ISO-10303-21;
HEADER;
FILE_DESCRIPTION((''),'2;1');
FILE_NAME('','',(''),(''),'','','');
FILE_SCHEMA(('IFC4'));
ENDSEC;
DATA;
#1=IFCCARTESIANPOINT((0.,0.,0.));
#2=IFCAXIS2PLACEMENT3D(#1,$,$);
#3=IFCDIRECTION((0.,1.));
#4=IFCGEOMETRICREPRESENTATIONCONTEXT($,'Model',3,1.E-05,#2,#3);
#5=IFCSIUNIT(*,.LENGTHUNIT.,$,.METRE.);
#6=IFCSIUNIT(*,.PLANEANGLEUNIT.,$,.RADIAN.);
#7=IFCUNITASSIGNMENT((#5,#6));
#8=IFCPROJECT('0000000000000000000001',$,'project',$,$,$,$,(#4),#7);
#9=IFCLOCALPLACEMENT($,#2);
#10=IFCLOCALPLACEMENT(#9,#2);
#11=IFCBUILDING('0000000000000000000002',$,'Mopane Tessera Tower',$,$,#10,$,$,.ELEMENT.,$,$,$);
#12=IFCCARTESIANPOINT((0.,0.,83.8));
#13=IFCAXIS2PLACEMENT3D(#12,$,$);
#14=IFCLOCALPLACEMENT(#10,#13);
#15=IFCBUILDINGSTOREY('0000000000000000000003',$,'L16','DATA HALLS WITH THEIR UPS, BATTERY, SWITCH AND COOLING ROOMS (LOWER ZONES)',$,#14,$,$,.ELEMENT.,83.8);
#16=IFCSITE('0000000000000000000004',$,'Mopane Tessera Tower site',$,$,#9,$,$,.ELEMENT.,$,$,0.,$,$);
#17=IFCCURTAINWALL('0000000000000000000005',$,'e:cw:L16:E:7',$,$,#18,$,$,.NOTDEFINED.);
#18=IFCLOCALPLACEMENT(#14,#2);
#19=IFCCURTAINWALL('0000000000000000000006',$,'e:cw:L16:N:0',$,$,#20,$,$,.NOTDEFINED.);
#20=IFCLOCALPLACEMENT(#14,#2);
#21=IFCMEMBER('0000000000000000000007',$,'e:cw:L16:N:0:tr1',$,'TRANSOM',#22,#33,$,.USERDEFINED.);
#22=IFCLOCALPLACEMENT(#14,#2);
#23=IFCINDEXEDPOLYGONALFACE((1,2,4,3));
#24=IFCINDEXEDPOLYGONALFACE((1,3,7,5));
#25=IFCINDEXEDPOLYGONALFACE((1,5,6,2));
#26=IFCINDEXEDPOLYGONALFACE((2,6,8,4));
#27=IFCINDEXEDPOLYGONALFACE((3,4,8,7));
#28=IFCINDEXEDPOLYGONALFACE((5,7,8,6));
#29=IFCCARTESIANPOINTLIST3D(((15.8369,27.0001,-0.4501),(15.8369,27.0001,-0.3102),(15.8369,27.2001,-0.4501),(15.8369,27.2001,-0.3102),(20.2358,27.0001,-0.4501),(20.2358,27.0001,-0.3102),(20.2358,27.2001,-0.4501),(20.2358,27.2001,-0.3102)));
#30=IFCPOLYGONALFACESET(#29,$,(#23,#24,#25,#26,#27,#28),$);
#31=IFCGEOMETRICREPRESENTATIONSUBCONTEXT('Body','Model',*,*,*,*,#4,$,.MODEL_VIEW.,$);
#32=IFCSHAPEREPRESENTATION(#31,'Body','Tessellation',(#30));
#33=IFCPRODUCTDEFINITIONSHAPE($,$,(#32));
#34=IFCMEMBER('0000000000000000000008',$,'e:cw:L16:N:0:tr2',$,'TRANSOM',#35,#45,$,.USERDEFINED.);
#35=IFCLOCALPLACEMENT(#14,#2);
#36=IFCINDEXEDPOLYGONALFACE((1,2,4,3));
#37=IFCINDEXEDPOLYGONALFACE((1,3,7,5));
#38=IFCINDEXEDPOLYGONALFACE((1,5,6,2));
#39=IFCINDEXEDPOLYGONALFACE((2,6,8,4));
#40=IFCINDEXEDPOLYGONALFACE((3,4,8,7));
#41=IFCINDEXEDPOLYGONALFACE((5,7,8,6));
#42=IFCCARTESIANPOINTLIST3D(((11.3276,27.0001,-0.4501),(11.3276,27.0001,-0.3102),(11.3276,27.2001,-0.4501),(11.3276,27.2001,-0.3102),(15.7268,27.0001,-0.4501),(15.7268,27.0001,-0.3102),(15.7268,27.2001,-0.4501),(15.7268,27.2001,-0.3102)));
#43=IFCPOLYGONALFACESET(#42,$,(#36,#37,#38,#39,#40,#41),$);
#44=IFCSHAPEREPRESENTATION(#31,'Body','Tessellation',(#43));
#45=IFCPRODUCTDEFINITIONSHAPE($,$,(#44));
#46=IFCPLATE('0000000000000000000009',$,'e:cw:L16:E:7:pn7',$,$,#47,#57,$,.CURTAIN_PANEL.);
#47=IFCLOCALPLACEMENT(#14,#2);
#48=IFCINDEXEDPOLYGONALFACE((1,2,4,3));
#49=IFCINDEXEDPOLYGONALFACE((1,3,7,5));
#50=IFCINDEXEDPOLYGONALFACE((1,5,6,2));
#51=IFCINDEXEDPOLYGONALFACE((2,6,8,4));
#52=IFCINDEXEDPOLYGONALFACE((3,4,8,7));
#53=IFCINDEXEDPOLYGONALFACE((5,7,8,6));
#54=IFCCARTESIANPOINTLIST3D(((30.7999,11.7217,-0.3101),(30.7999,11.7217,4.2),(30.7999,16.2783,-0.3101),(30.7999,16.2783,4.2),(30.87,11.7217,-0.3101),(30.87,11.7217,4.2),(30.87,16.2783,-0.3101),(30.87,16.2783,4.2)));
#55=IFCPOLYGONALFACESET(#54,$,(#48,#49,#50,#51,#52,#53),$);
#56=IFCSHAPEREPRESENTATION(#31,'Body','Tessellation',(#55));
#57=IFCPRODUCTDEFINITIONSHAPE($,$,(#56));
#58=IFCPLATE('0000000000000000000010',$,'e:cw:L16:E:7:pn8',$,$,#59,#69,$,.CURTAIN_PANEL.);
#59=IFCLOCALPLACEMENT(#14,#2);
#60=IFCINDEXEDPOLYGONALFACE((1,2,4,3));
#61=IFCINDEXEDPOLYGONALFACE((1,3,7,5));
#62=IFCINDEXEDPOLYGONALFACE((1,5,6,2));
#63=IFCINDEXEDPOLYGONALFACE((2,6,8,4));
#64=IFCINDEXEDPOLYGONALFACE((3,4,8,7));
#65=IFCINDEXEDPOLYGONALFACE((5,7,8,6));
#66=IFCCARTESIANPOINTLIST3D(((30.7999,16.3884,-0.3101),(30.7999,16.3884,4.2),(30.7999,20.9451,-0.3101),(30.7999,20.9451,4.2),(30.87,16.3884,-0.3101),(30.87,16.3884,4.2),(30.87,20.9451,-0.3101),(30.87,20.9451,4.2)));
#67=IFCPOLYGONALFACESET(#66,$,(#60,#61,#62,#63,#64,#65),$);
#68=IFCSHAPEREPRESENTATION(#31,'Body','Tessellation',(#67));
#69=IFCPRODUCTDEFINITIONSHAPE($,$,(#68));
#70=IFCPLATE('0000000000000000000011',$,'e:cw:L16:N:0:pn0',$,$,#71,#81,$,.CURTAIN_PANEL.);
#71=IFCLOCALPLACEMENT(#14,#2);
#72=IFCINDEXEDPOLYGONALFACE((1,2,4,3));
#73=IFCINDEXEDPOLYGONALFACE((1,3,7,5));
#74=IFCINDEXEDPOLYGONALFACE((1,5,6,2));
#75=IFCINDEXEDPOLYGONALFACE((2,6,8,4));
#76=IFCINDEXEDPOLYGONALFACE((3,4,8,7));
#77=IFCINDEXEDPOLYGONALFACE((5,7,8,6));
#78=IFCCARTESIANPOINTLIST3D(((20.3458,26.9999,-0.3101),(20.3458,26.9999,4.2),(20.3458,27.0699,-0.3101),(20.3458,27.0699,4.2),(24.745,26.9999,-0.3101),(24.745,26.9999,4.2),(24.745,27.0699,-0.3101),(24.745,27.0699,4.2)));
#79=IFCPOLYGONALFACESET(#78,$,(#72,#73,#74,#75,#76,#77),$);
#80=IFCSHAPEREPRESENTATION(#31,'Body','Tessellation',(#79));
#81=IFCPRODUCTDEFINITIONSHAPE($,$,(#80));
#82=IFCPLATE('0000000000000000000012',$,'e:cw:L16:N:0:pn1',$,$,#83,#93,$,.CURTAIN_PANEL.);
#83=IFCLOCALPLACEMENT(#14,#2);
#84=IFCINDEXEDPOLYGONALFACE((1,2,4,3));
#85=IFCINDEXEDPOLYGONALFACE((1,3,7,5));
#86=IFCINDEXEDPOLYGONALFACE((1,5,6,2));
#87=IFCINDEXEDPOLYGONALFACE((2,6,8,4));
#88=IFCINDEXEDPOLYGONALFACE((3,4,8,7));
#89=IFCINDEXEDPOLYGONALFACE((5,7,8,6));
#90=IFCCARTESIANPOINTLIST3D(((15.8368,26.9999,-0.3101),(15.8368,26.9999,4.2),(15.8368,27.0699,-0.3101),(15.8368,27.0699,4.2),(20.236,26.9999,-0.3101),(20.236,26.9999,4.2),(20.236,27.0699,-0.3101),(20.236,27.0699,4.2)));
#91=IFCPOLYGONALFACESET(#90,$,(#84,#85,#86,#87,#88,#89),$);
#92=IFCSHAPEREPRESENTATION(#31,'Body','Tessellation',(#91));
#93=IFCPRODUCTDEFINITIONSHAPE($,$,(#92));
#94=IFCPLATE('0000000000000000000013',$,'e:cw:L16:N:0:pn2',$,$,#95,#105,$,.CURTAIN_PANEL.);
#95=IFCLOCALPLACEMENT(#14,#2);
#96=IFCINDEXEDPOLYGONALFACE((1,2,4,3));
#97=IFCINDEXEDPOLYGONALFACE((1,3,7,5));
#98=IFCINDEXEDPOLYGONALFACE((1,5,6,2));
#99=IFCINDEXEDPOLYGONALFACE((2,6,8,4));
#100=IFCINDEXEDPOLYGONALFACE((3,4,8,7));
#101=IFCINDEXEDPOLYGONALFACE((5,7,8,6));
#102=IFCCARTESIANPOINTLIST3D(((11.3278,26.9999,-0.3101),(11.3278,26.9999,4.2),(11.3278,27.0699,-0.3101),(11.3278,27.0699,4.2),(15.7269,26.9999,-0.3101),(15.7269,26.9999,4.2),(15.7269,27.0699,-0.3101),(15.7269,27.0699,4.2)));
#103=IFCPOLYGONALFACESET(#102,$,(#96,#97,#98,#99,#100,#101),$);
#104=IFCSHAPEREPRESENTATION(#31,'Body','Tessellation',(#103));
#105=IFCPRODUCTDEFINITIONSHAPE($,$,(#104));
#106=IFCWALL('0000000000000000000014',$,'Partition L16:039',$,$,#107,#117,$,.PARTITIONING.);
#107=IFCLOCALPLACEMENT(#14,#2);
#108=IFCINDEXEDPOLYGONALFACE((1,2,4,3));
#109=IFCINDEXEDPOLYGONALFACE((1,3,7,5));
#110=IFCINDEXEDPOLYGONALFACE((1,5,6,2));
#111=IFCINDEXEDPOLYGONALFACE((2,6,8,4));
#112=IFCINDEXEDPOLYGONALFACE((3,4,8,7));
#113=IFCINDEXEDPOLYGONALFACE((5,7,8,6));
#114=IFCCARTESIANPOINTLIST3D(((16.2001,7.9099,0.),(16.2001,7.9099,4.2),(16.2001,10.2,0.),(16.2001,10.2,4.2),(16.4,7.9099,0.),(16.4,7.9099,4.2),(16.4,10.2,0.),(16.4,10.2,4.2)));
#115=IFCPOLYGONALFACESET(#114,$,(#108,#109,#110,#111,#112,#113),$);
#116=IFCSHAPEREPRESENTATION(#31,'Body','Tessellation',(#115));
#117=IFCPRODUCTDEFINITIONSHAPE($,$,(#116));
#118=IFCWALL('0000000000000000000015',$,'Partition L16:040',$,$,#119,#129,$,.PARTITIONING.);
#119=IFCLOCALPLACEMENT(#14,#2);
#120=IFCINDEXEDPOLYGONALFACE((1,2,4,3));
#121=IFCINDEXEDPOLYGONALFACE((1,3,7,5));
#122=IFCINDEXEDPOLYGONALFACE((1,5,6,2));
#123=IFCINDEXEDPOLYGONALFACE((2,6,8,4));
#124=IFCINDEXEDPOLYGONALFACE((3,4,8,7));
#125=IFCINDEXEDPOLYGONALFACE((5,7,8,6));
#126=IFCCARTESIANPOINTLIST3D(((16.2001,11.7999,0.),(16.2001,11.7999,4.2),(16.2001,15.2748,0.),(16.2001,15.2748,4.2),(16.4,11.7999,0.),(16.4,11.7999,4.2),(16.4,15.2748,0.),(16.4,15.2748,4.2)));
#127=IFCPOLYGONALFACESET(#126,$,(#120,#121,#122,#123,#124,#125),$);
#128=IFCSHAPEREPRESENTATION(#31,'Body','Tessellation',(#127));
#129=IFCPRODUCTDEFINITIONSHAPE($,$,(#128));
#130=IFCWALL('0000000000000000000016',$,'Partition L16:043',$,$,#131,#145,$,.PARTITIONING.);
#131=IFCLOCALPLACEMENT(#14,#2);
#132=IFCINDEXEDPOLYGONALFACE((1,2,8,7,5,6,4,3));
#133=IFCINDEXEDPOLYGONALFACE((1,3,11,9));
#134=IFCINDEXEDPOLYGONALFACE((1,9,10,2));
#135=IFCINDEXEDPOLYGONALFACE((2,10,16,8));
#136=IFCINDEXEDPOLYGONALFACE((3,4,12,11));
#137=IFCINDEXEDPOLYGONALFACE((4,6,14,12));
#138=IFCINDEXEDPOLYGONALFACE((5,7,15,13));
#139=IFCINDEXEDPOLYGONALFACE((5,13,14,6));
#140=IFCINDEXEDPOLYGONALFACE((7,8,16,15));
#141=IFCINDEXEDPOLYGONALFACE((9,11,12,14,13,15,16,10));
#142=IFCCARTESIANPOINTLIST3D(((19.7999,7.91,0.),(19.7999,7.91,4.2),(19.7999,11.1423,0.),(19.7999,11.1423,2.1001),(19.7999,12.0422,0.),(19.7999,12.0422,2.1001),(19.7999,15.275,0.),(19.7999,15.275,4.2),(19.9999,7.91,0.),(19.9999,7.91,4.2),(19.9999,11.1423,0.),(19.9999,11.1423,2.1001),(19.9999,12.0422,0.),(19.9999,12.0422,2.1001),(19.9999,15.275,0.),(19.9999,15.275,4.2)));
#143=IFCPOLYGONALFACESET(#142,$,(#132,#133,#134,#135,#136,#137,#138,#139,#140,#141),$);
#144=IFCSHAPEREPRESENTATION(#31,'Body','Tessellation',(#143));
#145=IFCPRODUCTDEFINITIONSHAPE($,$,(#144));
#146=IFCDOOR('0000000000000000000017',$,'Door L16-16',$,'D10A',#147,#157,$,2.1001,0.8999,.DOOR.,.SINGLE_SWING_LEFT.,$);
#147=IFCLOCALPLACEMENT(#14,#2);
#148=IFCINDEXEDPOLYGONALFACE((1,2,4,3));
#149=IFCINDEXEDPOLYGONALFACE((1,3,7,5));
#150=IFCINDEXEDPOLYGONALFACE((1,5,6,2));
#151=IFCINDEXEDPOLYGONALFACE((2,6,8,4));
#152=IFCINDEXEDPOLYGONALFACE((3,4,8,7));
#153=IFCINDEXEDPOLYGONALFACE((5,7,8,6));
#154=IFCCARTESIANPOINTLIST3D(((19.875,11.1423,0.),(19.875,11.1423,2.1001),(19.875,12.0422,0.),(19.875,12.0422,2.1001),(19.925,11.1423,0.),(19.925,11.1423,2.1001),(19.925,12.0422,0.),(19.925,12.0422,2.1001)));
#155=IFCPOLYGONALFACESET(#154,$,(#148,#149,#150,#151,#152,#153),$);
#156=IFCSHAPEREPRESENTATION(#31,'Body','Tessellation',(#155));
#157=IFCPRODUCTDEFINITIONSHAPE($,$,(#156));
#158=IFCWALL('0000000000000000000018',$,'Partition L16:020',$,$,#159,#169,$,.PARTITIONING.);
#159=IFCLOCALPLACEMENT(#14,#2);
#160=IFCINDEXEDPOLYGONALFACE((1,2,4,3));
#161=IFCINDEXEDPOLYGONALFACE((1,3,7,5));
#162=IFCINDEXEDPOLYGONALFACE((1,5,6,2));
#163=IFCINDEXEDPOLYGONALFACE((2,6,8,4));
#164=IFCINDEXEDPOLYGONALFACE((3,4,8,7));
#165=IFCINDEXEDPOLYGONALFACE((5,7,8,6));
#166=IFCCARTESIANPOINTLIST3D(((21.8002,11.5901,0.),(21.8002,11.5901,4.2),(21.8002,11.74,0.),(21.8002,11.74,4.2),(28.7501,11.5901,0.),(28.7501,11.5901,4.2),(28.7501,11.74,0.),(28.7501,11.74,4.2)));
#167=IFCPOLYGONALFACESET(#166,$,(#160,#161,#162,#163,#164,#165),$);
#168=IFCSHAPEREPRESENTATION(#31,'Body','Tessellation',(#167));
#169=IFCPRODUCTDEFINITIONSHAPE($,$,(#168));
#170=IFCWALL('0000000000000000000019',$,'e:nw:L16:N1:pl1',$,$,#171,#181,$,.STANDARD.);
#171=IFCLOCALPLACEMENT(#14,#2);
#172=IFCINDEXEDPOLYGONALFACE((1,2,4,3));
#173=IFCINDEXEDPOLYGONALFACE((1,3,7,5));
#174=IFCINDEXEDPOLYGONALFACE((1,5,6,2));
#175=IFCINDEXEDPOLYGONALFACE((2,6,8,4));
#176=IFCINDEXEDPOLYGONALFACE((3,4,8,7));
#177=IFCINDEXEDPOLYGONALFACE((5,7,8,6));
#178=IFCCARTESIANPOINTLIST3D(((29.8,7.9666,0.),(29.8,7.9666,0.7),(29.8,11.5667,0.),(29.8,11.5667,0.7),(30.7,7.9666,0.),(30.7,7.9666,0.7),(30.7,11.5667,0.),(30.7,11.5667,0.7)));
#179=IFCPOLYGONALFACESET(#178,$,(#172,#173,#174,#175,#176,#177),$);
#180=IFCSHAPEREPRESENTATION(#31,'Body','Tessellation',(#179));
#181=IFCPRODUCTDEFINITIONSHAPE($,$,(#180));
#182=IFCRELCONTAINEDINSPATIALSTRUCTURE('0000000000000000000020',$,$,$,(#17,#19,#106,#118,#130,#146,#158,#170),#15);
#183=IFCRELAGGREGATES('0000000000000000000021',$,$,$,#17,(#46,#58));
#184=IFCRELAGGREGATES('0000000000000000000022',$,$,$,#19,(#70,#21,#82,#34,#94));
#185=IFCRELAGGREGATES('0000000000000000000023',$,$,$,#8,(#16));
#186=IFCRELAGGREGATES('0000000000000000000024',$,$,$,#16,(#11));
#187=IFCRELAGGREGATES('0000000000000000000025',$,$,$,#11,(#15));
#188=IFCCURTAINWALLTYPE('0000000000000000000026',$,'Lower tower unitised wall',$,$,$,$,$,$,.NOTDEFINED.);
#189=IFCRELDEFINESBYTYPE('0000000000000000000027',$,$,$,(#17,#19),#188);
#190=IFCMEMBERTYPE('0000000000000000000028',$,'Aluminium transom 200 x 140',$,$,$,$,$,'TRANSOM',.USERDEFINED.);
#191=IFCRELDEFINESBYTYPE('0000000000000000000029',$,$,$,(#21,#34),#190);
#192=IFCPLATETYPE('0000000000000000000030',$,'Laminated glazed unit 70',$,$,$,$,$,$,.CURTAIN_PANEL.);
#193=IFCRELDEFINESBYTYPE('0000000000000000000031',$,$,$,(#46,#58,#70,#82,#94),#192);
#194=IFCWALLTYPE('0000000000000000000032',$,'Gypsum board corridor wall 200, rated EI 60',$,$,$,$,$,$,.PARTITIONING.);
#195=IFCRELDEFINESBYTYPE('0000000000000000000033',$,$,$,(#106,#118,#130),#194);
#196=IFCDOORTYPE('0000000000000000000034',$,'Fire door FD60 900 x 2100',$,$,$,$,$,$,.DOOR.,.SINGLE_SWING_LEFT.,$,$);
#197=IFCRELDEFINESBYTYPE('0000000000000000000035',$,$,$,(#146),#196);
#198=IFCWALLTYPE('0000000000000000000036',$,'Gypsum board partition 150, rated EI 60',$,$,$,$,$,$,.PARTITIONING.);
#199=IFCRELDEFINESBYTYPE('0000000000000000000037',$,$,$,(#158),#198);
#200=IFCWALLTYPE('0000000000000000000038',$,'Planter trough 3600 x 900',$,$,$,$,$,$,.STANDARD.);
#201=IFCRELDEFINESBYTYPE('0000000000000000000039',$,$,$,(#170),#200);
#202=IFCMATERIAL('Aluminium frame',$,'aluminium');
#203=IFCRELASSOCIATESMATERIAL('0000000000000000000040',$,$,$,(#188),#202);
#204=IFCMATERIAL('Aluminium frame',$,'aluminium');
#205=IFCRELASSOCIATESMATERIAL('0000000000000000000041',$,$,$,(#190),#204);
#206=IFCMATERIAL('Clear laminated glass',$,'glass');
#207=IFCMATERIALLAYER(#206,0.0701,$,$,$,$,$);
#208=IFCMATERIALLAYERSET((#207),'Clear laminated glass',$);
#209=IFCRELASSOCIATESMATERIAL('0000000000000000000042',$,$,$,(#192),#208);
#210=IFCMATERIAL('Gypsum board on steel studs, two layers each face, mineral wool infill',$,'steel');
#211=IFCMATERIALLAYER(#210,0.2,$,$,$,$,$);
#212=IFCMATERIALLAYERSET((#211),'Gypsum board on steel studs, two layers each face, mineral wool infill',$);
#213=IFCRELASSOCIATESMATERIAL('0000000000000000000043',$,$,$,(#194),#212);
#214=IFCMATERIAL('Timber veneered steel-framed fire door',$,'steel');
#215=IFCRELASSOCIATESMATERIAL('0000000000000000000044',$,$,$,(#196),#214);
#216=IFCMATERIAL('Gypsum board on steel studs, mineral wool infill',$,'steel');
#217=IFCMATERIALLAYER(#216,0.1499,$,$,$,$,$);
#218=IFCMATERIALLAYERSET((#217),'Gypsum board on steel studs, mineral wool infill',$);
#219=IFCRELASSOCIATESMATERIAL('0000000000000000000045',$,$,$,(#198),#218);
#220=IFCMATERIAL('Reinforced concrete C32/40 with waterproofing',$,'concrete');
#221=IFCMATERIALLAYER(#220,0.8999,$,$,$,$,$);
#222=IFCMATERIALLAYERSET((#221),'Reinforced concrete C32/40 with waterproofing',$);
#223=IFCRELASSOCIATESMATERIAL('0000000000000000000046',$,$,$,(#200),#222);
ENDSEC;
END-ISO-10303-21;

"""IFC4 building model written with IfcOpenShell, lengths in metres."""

from ifc_helpers import new_model, si_unit, direction, frame, frame_2d, origin, origin_2d, place, context, subcontext, project, spatial, rectangle, extrude, material, layer, layer_set, material_profile, profile_set, type_object, element, fill, aggregate, save


model = new_model("IFC4")

# Units and contexts
model_context = context("Model", 3, precision=1e-05, world=origin(), true_north=direction((0.0, 1.0)))
body_context = subcontext(model_context, "Body", "Model", "MODEL_VIEW")
ifc_project = project(units=[si_unit("LENGTHUNIT", "METRE"), si_unit("PLANEANGLEUNIT", "RADIAN")], contexts=[model_context])

# Site, building, storey
site_placement = place(None, origin())
site = spatial("IfcSite", under=ifc_project, at=site_placement, Name="Mopane Tessera Tower site", CompositionType="ELEMENT", RefElevation=0.0)
building_placement = place(site_placement, origin())
building = spatial("IfcBuilding", under=site, at=building_placement, Name="Mopane Tessera Tower", CompositionType="ELEMENT")
storey_placement = place(building_placement, frame((0.0, 0.0, 83.8)))
storey = spatial("IfcBuildingStorey", under=building, at=storey_placement, Name="L16", Description="DATA HALLS WITH THEIR UPS, BATTERY, SWITCH AND COOLING ROOMS (LOWER ZONES)", CompositionType="ELEMENT", Elevation=83.8)

# Curtain walls
ifc_material_1 = material(Name="Aluminium frame", Category="aluminium")
curtain_wall_type = type_object("IfcCurtainWallType", Name="Lower tower unitised wall", PredefinedType="NOTDEFINED", material=ifc_material_1)
curtain_wall_1_placement = place(storey_placement, origin())
curtain_wall_1 = element("IfcCurtainWall", 1, at=curtain_wall_1_placement, inside=storey, type_object=curtain_wall_type, Name="e:cw:L16:E:7", PredefinedType="NOTDEFINED")
curtain_wall_2_placement = place(storey_placement, origin())
curtain_wall_2 = element("IfcCurtainWall", 2, at=curtain_wall_2_placement, inside=storey, type_object=curtain_wall_type, Name="e:cw:L16:N:0", PredefinedType="NOTDEFINED")

# Members
ifc_material_2 = material(Name="Aluminium frame", Category="aluminium")
ifc_material_profile_1 = material_profile(ifc_material_2, rectangle(XDim=0.2, YDim=0.1399, at=origin_2d()))
ifc_profile_set_1 = profile_set([ifc_material_profile_1], Name="Aluminium frame")
member_type_1 = type_object("IfcMemberType", Name="Aluminium transom 200 x 140", ElementType="TRANSOM", PredefinedType="USERDEFINED", material=ifc_profile_set_1)
member_1_placement = place(storey_placement, frame((20.2358, 27.1001, -0.3801), z_axis=(-1.0, 0.0, 0.0), x_axis=(0.0, -1.0, 0.0)))
member_1 = element("IfcMember", 3, at=member_1_placement, type_object=member_type_1, Name="e:cw:L16:N:0:tr1", ObjectType="TRANSOM", PredefinedType="USERDEFINED", context=body_context, shape_type="SweptSolid", body=[
    extrude(rectangle(XDim=0.2, YDim=0.1399, at=origin_2d()), origin(), (0.0, 0.0, 1.0), 4.3989),
])
member_2_placement = place(storey_placement, frame((15.7268, 27.1001, -0.3801), z_axis=(-1.0, 0.0, 0.0), x_axis=(0.0, -1.0, 0.0)))
member_2 = element("IfcMember", 4, at=member_2_placement, type_object=member_type_1, Name="e:cw:L16:N:0:tr2", ObjectType="TRANSOM", PredefinedType="USERDEFINED", context=body_context, shape_type="SweptSolid", body=[
    extrude(rectangle(XDim=0.2, YDim=0.1399, at=origin_2d()), origin(), (0.0, 0.0, 1.0), 4.3992),
])

# Plates
ifc_material_3 = material(Name="Clear laminated glass", Category="glass")
ifc_layer_1 = layer(ifc_material_3, 0.0701)
ifc_layer_set_1 = layer_set([ifc_layer_1], Name="Clear laminated glass")
plate_type = type_object("IfcPlateType", Name="Laminated glazed unit 70", PredefinedType="CURTAIN_PANEL", material=ifc_layer_set_1)
plate_1_placement = place(storey_placement, frame((30.835, 14.0, -0.3101), z_axis=(0.0, 0.0, 1.0), x_axis=(0.0, 1.0, 0.0)))
plate_1 = element("IfcPlate", 5, at=plate_1_placement, type_object=plate_type, Name="e:cw:L16:E:7:pn7", PredefinedType="CURTAIN_PANEL", context=body_context, shape_type="SweptSolid", body=[
    extrude(rectangle(XDim=4.5566, YDim=0.0701, at=origin_2d()), origin(), (0.0, 0.0, 1.0), 4.51),
])
plate_2_placement = place(storey_placement, frame((30.835, 18.6667, -0.3101), z_axis=(0.0, 0.0, 1.0), x_axis=(0.0, 1.0, 0.0)))
plate_2 = element("IfcPlate", 6, at=plate_2_placement, type_object=plate_type, Name="e:cw:L16:E:7:pn8", PredefinedType="CURTAIN_PANEL", context=body_context, shape_type="SweptSolid", body=[
    extrude(rectangle(XDim=4.5566, YDim=0.0701, at=origin_2d()), origin(), (0.0, 0.0, 1.0), 4.51),
])
aggregate(curtain_wall_1, [plate_1, plate_2])
plate_3_placement = place(storey_placement, frame((22.5454, 27.0349, -0.3101), z_axis=(0.0, 0.0, 1.0), x_axis=(-1.0, 0.0, 0.0)))
plate_3 = element("IfcPlate", 7, at=plate_3_placement, type_object=plate_type, Name="e:cw:L16:N:0:pn0", PredefinedType="CURTAIN_PANEL", context=body_context, shape_type="SweptSolid", body=[
    extrude(rectangle(XDim=4.3992, YDim=0.0701, at=origin_2d()), origin(), (0.0, 0.0, 1.0), 4.51),
])
plate_4_placement = place(storey_placement, frame((18.0364, 27.0349, -0.3101), z_axis=(0.0, 0.0, 1.0), x_axis=(-1.0, 0.0, 0.0)))
plate_4 = element("IfcPlate", 8, at=plate_4_placement, type_object=plate_type, Name="e:cw:L16:N:0:pn1", PredefinedType="CURTAIN_PANEL", context=body_context, shape_type="SweptSolid", body=[
    extrude(rectangle(XDim=4.3992, YDim=0.0701, at=origin_2d()), origin(), (0.0, 0.0, 1.0), 4.51),
])
plate_5_placement = place(storey_placement, frame((13.5273, 27.0349, -0.3101), z_axis=(0.0, 0.0, 1.0), x_axis=(-1.0, 0.0, 0.0)))
plate_5 = element("IfcPlate", 9, at=plate_5_placement, type_object=plate_type, Name="e:cw:L16:N:0:pn2", PredefinedType="CURTAIN_PANEL", context=body_context, shape_type="SweptSolid", body=[
    extrude(rectangle(XDim=4.3992, YDim=0.0701, at=origin_2d()), origin(), (0.0, 0.0, 1.0), 4.51),
])
aggregate(curtain_wall_2, [plate_3, member_1, plate_4, member_2, plate_5])

# Walls
ifc_material_4 = material(Name="Gypsum board on steel studs, two layers each face, mineral wool infill", Category="steel")
ifc_layer_2 = layer(ifc_material_4, 0.2)
ifc_layer_set_2 = layer_set([ifc_layer_2], Name="Gypsum board on steel studs, two layers each face, mineral wool infill")
wall_type_1 = type_object("IfcWallType", Name="Gypsum board corridor wall 200, rated EI 60", PredefinedType="PARTITIONING", material=ifc_layer_set_2)
wall_1_placement = place(storey_placement, frame((16.3, 7.9099, 0.0), z_axis=(0.0, 0.0, 1.0), x_axis=(0.0, 1.0, 0.0)))
element("IfcWall", 10, at=wall_1_placement, inside=storey, type_object=wall_type_1, Name="Partition L16:039", PredefinedType="PARTITIONING", context=body_context, shape_type="SweptSolid", body=[
    extrude(rectangle(XDim=2.29, YDim=0.2, at=frame_2d((1.145, 0.0))), origin(), (0.0, 0.0, 1.0), 4.2),
])
wall_2_placement = place(storey_placement, frame((16.3, 11.8, 0.0), z_axis=(0.0, 0.0, 1.0), x_axis=(0.0, 1.0, 0.0)))
element("IfcWall", 11, at=wall_2_placement, inside=storey, type_object=wall_type_1, Name="Partition L16:040", PredefinedType="PARTITIONING", context=body_context, shape_type="SweptSolid", body=[
    extrude(rectangle(XDim=3.4749, YDim=0.2, at=frame_2d((1.7373, 0.0))), origin(), (0.0, 0.0, 1.0), 4.2),
])

# Wall, opening, door
wall_3_placement = place(storey_placement, frame((19.8999, 7.9099, 0.0), z_axis=(0.0, 0.0, 1.0), x_axis=(0.0, 1.0, 0.0)))
wall_3 = element("IfcWall", 12, at=wall_3_placement, inside=storey, type_object=wall_type_1, Name="Partition L16:043", PredefinedType="PARTITIONING", context=body_context, shape_type="SweptSolid", body=[
    extrude(rectangle(XDim=7.365, YDim=0.2, at=frame_2d((3.6826, 0.0))), origin(), (0.0, 0.0, 1.0), 4.2),
])
opening_1_placement = place(wall_3_placement, frame((3.2324, 0.0, 0.0)))
opening_1 = element("IfcOpeningElement", 13, at=opening_1_placement, cuts=wall_3, PredefinedType="OPENING", context=body_context, shape_type="SweptSolid", body=[
    extrude(rectangle(XDim=0.8999, YDim=2.1001, at=frame_2d((0.45, 1.05))), frame((0.0, 0.1121, 0.0), z_axis=(0.0, -1.0, 0.0), x_axis=(1.0, 0.0, 0.0)), (0.0, 0.0, 1.0), 0.2239),
])
ifc_material_5 = material(Name="Timber veneered steel-framed fire door", Category="steel")
door_type_1 = type_object("IfcDoorType", Name="Fire door FD60 900 x 2100", OperationType="SINGLE_SWING_LEFT", PredefinedType="DOOR", material=ifc_material_5)
door_1_placement = place(opening_1_placement, origin())
door_1 = element("IfcDoor", 14, at=door_1_placement, inside=storey, type_object=door_type_1, Name="Door L16-16", ObjectType="D10A", OperationType="SINGLE_SWING_LEFT", OverallHeight=2.1001, OverallWidth=0.8999, PredefinedType="DOOR", context=body_context, shape_type="SweptSolid", body=[
    extrude(rectangle(XDim=0.8999, YDim=2.1001, at=frame_2d((0.45, 1.05))), frame((0.0, 0.0249, 0.0), z_axis=(0.0, -1.0, 0.0), x_axis=(1.0, 0.0, 0.0)), (0.0, 0.0, 1.0), 0.05),
])
fill(opening_1, door_1)

# Walls
ifc_material_6 = material(Name="Gypsum board on steel studs, mineral wool infill", Category="steel")
ifc_layer_3 = layer(ifc_material_6, 0.1499)
ifc_layer_set_3 = layer_set([ifc_layer_3], Name="Gypsum board on steel studs, mineral wool infill")
wall_type_2 = type_object("IfcWallType", Name="Gypsum board partition 150, rated EI 60", PredefinedType="PARTITIONING", material=ifc_layer_set_3)
wall_4_placement = place(storey_placement, frame((21.8, 11.665, 0.0), z_axis=(0.0, 0.0, 1.0), x_axis=(1.0, 0.0, 0.0)))
element("IfcWall", 15, at=wall_4_placement, inside=storey, type_object=wall_type_2, Name="Partition L16:020", PredefinedType="PARTITIONING", context=body_context, shape_type="SweptSolid", body=[
    extrude(rectangle(XDim=6.95, YDim=0.1499, at=frame_2d((3.4751, 0.0))), origin(), (0.0, 0.0, 1.0), 4.2),
])
ifc_material_7 = material(Name="Reinforced concrete C32/40 with waterproofing", Category="concrete")
ifc_layer_4 = layer(ifc_material_7, 0.8999)
ifc_layer_set_4 = layer_set([ifc_layer_4], Name="Reinforced concrete C32/40 with waterproofing")
wall_type_3 = type_object("IfcWallType", Name="Planter trough 3600 x 900", PredefinedType="STANDARD", material=ifc_layer_set_4)
wall_5_placement = place(storey_placement, frame((30.25, 7.9666, 0.0), z_axis=(0.0, 0.0, 1.0), x_axis=(0.0, 1.0, 0.0)))
element("IfcWall", 16, at=wall_5_placement, inside=storey, type_object=wall_type_3, Name="e:nw:L16:N1:pl1", PredefinedType="STANDARD", context=body_context, shape_type="SweptSolid", body=[
    extrude(rectangle(XDim=3.6001, YDim=0.8999, at=frame_2d((1.8, 0.0))), origin(), (0.0, 0.0, 1.0), 0.7),
])

save(model, "model.ifc")
